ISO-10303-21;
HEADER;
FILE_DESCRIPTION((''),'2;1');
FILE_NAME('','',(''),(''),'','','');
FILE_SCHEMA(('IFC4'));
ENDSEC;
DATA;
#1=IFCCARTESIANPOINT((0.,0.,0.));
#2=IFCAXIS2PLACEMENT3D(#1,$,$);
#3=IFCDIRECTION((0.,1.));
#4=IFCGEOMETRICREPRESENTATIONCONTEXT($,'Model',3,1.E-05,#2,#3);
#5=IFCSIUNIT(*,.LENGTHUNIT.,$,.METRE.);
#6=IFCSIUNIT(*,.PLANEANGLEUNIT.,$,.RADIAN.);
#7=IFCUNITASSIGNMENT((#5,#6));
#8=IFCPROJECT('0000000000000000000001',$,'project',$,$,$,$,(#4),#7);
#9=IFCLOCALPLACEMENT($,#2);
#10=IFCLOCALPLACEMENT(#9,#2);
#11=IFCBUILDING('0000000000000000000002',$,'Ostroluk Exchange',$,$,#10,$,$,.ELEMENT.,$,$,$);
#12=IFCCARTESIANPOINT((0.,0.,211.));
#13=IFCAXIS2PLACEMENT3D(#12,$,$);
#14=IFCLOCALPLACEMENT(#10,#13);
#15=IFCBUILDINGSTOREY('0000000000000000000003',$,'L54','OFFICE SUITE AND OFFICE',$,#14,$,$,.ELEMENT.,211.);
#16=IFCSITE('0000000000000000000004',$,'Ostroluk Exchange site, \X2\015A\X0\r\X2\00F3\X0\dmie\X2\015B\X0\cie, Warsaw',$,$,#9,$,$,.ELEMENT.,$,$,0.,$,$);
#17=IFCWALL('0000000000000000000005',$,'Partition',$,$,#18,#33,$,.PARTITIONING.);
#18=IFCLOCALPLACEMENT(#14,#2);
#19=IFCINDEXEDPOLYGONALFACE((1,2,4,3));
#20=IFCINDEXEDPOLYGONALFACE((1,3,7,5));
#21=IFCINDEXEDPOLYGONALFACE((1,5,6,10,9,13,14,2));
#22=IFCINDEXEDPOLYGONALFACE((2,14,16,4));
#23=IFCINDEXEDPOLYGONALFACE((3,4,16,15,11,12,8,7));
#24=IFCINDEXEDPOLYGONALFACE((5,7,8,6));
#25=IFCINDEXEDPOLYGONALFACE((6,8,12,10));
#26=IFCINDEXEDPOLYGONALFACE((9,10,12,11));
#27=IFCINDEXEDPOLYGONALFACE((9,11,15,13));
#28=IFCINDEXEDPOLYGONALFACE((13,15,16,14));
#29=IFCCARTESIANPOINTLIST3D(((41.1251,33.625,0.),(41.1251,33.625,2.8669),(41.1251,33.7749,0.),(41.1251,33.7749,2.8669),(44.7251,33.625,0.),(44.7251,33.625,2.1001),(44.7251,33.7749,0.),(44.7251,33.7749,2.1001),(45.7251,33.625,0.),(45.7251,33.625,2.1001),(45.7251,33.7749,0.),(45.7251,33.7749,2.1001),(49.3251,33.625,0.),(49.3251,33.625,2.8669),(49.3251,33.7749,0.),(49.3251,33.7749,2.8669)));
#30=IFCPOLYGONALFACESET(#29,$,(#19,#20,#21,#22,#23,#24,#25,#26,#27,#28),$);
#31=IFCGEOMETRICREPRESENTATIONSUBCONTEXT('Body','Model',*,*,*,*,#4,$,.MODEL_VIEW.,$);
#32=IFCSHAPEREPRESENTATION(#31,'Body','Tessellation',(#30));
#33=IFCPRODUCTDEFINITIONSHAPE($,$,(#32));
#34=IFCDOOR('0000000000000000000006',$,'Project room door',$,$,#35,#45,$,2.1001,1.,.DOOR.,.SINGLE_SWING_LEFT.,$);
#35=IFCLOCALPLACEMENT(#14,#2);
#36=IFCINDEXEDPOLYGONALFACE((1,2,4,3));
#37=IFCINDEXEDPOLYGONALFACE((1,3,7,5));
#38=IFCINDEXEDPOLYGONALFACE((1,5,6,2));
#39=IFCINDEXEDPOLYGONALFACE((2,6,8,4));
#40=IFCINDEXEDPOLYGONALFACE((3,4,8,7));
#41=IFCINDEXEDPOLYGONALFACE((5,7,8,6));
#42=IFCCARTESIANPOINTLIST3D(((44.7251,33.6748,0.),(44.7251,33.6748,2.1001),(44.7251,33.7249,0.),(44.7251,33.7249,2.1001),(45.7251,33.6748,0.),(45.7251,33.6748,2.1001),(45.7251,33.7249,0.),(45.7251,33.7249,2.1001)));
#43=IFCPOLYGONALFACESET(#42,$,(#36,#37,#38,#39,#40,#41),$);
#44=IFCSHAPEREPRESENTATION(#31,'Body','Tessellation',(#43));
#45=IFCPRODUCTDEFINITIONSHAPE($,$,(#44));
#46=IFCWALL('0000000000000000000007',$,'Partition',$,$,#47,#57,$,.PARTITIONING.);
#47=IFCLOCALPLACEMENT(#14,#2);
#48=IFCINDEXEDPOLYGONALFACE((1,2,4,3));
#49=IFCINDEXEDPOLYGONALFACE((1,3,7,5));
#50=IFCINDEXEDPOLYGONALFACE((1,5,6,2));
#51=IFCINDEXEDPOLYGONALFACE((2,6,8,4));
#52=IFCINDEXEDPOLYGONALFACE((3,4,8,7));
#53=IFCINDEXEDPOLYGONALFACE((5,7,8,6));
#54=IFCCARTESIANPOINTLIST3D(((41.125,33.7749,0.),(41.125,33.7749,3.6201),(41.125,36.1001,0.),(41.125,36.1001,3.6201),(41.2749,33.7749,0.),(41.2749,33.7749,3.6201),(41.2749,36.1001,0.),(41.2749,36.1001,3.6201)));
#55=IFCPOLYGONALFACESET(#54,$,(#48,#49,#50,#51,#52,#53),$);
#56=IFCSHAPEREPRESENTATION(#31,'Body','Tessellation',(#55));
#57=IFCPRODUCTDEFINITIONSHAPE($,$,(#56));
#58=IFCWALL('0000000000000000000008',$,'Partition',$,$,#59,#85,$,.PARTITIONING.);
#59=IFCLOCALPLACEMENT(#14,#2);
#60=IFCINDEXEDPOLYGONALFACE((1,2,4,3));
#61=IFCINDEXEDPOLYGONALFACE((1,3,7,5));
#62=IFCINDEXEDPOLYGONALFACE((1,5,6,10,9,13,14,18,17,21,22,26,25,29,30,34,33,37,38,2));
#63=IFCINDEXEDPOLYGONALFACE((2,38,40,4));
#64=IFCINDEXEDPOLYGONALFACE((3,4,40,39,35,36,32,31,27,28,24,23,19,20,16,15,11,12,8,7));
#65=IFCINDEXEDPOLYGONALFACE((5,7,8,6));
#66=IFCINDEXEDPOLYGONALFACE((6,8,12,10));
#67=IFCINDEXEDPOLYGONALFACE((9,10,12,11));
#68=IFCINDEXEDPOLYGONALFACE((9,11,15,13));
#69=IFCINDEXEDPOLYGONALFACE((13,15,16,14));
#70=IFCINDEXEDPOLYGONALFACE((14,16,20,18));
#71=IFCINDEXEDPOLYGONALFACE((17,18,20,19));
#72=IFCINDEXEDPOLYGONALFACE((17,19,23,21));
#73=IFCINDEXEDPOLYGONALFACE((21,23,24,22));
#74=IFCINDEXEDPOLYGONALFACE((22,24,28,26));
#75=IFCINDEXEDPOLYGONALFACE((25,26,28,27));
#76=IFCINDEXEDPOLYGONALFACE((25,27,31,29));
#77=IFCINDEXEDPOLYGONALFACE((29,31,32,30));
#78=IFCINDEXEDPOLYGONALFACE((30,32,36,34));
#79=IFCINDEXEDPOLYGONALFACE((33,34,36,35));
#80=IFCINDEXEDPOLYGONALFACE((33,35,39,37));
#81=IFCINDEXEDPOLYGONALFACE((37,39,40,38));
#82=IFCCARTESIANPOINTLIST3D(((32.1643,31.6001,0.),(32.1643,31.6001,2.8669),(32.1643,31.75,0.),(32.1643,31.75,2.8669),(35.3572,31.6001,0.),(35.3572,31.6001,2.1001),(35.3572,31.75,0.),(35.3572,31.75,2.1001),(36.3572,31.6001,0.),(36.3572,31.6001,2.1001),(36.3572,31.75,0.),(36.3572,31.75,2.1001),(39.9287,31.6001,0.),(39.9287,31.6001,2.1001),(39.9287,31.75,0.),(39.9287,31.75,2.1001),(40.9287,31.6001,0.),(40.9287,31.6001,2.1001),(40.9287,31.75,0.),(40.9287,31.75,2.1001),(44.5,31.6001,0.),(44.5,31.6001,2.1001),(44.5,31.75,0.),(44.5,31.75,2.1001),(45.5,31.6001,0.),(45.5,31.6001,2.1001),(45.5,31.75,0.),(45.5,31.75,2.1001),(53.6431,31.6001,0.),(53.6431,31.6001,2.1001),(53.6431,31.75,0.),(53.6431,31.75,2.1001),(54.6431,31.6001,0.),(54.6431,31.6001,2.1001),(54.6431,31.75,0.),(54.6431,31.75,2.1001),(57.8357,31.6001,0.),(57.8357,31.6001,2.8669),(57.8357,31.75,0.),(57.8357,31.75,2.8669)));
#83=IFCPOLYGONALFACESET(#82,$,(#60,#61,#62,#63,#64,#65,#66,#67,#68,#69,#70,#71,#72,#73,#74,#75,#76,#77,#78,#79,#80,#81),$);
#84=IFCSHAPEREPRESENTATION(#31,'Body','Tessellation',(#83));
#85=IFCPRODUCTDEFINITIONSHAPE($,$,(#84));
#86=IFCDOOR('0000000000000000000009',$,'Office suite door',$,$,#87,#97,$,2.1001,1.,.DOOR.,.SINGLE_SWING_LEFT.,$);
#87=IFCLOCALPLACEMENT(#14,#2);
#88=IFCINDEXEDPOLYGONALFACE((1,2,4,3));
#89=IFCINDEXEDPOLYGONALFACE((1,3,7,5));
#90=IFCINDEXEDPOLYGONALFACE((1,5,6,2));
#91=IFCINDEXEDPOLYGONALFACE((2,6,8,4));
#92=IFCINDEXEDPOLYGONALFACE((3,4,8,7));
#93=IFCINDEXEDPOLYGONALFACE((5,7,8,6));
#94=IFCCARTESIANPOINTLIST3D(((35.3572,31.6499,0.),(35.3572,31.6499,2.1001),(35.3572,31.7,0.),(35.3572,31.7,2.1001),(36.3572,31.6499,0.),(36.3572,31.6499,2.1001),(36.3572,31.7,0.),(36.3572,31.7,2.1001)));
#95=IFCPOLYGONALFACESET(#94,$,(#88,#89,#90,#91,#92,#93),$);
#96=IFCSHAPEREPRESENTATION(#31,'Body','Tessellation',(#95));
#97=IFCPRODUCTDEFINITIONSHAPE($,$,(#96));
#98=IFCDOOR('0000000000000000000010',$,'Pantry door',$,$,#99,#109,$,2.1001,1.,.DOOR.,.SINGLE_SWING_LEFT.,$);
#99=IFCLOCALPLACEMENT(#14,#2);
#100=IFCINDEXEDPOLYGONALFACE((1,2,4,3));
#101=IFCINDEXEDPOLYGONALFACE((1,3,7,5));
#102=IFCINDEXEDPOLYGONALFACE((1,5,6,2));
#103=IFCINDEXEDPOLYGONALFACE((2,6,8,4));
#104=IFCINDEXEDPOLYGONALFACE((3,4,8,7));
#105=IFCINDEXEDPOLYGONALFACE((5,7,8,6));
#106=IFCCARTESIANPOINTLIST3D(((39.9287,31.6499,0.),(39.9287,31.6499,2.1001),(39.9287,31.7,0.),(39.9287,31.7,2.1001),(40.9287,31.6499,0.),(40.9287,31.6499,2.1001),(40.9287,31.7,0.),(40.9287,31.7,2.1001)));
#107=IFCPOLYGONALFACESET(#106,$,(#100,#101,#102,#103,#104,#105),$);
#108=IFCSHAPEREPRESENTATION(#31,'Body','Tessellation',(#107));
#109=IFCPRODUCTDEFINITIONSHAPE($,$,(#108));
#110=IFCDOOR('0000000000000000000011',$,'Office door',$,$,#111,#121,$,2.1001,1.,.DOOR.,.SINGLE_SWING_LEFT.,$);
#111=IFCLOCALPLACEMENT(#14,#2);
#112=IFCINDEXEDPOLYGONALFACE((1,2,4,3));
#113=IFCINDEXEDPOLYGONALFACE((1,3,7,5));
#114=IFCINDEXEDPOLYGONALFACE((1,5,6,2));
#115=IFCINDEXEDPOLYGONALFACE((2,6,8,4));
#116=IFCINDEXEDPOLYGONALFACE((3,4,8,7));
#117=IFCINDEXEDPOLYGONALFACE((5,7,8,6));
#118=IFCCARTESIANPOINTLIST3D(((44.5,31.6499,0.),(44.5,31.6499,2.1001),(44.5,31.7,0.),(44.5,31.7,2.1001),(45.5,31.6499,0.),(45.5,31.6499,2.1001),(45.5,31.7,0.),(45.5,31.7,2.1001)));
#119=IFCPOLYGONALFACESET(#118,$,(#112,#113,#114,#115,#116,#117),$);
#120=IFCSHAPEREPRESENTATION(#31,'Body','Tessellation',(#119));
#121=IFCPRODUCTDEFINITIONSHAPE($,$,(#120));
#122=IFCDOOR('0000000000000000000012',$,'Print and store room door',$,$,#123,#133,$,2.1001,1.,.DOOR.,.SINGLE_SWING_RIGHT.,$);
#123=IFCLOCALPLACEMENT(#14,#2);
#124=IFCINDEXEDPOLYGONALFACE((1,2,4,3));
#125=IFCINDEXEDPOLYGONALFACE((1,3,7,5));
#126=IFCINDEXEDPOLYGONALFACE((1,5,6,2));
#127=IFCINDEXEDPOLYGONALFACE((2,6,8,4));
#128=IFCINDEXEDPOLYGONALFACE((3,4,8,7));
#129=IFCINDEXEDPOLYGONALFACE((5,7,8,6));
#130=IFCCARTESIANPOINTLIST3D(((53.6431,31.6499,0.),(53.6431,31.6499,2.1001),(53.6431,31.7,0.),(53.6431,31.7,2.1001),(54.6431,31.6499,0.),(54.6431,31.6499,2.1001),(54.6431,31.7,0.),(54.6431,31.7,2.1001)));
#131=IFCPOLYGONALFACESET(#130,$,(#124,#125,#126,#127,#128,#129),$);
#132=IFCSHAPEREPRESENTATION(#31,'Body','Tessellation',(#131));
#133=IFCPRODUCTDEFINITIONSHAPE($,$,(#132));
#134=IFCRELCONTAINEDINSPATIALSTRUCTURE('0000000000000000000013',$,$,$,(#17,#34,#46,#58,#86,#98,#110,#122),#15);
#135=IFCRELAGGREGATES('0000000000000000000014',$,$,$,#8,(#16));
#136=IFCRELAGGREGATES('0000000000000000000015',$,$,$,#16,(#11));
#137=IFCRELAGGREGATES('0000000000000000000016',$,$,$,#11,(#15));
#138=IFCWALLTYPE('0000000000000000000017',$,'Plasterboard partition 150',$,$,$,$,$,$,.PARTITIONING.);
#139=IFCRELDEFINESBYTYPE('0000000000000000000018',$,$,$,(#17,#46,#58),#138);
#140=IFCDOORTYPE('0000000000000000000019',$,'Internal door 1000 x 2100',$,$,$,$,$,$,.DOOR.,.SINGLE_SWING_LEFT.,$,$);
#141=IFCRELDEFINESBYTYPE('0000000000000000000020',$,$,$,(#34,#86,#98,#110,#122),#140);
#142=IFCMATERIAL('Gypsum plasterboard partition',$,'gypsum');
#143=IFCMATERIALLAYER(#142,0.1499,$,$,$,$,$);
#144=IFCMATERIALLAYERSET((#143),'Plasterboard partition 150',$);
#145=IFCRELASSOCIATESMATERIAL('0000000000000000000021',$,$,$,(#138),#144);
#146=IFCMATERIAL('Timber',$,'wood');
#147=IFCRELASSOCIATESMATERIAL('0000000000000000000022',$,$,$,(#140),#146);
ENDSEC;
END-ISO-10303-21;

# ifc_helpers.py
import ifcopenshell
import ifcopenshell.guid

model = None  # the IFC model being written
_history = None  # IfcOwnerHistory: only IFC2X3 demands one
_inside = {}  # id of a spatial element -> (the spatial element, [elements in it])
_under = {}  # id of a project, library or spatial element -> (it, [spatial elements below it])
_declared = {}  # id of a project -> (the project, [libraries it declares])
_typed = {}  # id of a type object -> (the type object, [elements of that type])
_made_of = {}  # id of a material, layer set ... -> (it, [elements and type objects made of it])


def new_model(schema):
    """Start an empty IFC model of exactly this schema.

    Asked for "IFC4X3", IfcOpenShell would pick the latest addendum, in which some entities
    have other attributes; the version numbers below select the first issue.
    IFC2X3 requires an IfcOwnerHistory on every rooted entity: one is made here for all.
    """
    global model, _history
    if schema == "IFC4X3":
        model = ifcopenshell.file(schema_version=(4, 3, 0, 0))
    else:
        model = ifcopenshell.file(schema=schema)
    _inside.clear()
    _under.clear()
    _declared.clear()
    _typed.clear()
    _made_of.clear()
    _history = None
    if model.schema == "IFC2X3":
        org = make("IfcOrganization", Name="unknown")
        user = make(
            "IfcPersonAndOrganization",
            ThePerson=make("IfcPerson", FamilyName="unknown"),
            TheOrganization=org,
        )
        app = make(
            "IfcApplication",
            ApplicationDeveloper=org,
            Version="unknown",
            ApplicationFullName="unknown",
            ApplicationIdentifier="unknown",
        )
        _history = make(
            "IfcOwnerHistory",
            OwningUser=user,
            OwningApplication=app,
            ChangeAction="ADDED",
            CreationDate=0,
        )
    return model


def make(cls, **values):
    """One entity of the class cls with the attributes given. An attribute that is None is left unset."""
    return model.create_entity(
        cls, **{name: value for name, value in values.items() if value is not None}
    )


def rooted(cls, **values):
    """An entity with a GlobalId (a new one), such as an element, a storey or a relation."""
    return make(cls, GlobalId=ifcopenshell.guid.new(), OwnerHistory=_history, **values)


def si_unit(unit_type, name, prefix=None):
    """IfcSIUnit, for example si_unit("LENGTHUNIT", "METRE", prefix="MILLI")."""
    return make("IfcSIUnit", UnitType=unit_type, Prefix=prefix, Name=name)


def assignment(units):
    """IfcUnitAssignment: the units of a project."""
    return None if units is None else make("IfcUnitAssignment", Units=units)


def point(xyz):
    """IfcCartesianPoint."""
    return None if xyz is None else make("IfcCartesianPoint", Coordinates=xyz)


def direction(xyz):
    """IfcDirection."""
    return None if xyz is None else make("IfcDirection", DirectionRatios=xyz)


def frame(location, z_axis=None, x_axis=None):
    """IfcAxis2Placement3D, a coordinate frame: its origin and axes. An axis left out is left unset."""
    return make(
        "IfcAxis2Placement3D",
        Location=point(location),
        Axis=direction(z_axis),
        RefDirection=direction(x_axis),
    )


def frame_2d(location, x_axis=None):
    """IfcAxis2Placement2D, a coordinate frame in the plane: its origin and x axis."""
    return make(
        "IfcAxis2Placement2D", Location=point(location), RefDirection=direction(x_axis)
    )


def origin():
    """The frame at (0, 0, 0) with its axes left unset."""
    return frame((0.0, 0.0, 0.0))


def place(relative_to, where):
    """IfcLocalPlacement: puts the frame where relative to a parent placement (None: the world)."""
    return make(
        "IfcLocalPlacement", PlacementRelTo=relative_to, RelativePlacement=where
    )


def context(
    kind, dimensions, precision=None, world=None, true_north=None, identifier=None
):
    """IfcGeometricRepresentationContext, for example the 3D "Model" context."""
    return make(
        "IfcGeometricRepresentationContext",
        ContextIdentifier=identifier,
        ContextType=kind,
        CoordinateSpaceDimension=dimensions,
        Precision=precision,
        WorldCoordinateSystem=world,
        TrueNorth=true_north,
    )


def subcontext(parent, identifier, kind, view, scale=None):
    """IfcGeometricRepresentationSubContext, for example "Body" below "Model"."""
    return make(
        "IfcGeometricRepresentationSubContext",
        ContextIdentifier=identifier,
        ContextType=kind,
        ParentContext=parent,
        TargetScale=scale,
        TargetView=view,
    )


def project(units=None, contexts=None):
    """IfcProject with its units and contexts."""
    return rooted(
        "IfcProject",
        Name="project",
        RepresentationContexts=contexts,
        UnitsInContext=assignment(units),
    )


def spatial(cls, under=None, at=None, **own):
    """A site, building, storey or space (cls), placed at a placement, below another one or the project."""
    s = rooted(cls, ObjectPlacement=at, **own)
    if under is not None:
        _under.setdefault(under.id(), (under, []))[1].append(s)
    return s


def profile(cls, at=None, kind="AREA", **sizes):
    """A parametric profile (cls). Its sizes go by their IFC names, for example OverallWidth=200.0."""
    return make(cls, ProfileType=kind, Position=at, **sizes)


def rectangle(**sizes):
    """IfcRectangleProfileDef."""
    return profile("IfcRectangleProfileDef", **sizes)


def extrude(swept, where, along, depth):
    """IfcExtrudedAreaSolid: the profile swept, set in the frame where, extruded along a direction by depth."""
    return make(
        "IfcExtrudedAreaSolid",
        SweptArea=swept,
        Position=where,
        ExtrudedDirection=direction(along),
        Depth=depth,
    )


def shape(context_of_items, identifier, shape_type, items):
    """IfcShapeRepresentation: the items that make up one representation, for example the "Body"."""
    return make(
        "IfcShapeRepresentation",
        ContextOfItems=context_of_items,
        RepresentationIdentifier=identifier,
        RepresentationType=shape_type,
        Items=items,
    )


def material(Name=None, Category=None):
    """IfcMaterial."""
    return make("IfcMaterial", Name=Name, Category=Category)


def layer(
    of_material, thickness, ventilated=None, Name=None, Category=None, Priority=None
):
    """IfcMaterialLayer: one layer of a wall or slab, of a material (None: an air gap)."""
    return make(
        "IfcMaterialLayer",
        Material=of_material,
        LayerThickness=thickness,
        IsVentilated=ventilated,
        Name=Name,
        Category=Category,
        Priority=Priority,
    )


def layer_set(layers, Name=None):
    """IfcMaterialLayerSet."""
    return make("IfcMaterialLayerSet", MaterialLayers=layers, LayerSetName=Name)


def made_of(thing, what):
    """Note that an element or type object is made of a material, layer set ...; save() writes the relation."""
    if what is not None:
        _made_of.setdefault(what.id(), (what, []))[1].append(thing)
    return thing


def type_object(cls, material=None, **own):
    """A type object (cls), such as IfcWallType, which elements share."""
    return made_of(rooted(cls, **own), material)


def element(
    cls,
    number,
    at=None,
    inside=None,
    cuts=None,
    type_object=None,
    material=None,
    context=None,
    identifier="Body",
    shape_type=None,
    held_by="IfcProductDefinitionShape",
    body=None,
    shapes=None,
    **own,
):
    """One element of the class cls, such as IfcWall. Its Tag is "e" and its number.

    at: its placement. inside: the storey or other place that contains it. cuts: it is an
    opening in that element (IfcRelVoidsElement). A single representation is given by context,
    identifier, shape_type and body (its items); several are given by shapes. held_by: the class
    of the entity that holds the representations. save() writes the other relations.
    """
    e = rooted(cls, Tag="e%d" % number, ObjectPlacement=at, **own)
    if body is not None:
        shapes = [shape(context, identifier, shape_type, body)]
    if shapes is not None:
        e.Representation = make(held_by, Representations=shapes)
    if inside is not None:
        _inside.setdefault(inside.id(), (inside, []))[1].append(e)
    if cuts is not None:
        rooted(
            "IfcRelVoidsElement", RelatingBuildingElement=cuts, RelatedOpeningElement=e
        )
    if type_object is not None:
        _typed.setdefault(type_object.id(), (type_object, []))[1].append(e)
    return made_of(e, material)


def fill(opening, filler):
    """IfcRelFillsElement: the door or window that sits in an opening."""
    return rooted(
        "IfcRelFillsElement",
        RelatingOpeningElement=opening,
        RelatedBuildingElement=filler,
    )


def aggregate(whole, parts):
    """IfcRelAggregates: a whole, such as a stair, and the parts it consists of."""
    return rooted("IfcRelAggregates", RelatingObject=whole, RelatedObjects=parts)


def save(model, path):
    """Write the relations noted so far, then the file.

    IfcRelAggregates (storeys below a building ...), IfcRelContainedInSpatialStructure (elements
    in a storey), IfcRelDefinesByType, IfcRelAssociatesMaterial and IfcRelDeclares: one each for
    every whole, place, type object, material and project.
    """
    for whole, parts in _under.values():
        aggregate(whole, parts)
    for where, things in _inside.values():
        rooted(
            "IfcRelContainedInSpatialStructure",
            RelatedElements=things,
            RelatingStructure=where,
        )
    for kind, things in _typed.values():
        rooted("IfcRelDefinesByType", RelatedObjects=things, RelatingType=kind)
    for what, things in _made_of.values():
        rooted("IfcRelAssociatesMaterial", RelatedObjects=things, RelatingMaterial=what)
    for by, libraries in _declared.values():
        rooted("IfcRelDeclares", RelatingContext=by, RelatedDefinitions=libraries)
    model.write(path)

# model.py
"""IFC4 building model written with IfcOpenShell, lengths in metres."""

from ifc_helpers import new_model, si_unit, direction, frame, frame_2d, origin, place, context, subcontext, project, spatial, rectangle, extrude, material, layer, layer_set, type_object, element, fill, save


model = new_model("IFC4")

# Units and contexts
model_context = context("Model", 3, precision=1e-05, world=origin(), true_north=direction((0.0, 1.0)))
body_context = subcontext(model_context, "Body", "Model", "MODEL_VIEW")
ifc_project = project(units=[si_unit("LENGTHUNIT", "METRE"), si_unit("PLANEANGLEUNIT", "RADIAN")], contexts=[model_context])

# Site, building, storey
site_placement = place(None, origin())
site = spatial("IfcSite", under=ifc_project, at=site_placement, Name="Ostroluk Exchange site, Śródmieście, Warsaw", CompositionType="ELEMENT", RefElevation=0.0)
building_placement = place(site_placement, origin())
building = spatial("IfcBuilding", under=site, at=building_placement, Name="Ostroluk Exchange", CompositionType="ELEMENT")
storey_placement = place(building_placement, frame((0.0, 0.0, 211.0)))
storey = spatial("IfcBuildingStorey", under=building, at=storey_placement, Name="L54", Description="OFFICE SUITE AND OFFICE", CompositionType="ELEMENT", Elevation=211.0)

# Wall, opening, door
ifc_material_1 = material(Name="Gypsum plasterboard partition", Category="gypsum")
ifc_layer_1 = layer(ifc_material_1, 0.1499)
ifc_layer_set_1 = layer_set([ifc_layer_1], Name="Plasterboard partition 150")
wall_type_1 = type_object("IfcWallType", Name="Plasterboard partition 150", PredefinedType="PARTITIONING", material=ifc_layer_set_1)
wall_1_placement = place(storey_placement, frame((41.125, 33.7, 0.0), z_axis=(0.0, 0.0, 1.0), x_axis=(1.0, 0.0, 0.0)))
wall_1 = element("IfcWall", 1, at=wall_1_placement, inside=storey, type_object=wall_type_1, Name="Partition", PredefinedType="PARTITIONING", context=body_context, shape_type="SweptSolid", body=[
    extrude(rectangle(XDim=8.2, YDim=0.1499, at=frame_2d((4.1001, 0.0))), origin(), (0.0, 0.0, 1.0), 2.8669),
])
opening_1_placement = place(wall_1_placement, frame((3.6001, 0.0, 0.0)))
opening_1 = element("IfcOpeningElement", 2, at=opening_1_placement, cuts=wall_1, PredefinedType="OPENING", context=body_context, shape_type="SweptSolid", body=[
    extrude(rectangle(XDim=1.0, YDim=2.1001, at=frame_2d((0.5, 1.05))), frame((0.0, 0.085, 0.0), z_axis=(0.0, -1.0, 0.0), x_axis=(1.0, 0.0, 0.0)), (0.0, 0.0, 1.0), 0.1699),
])
ifc_material_2 = material(Name="Timber", Category="wood")
door_type_1 = type_object("IfcDoorType", Name="Internal door 1000 x 2100", OperationType="SINGLE_SWING_LEFT", PredefinedType="DOOR", material=ifc_material_2)
door_1_placement = place(opening_1_placement, origin())
door_1 = element("IfcDoor", 3, at=door_1_placement, inside=storey, type_object=door_type_1, Name="Project room door", OperationType="SINGLE_SWING_LEFT", OverallHeight=2.1001, OverallWidth=1.0, PredefinedType="DOOR", context=body_context, shape_type="SweptSolid", body=[
    extrude(rectangle(XDim=1.0, YDim=2.1001, at=frame_2d((0.5, 1.05))), frame((0.0, 0.0249, 0.0), z_axis=(0.0, -1.0, 0.0), x_axis=(1.0, 0.0, 0.0)), (0.0, 0.0, 1.0), 0.05),
])
fill(opening_1, door_1)

# Wall
wall_2_placement = place(storey_placement, frame((41.2, 36.1001, 0.0), z_axis=(0.0, 0.0, 1.0), x_axis=(0.0, -1.0, 0.0)))
element("IfcWall", 4, at=wall_2_placement, inside=storey, type_object=wall_type_1, Name="Partition", PredefinedType="PARTITIONING", context=body_context, shape_type="SweptSolid", body=[
    extrude(rectangle(XDim=2.3252, YDim=0.1499, at=frame_2d((1.1626, 0.0))), origin(), (0.0, 0.0, 1.0), 3.6201),
])

# Wall, openings, doors
wall_3_placement = place(storey_placement, frame((32.1643, 31.675, 0.0), z_axis=(0.0, 0.0, 1.0), x_axis=(1.0, 0.0, 0.0)))
wall_3 = element("IfcWall", 5, at=wall_3_placement, inside=storey, type_object=wall_type_1, Name="Partition", PredefinedType="PARTITIONING", context=body_context, shape_type="SweptSolid", body=[
    extrude(rectangle(XDim=25.6714, YDim=0.1499, at=frame_2d((12.8357, 0.0))), origin(), (0.0, 0.0, 1.0), 2.8669),
])
opening_2_placement = place(wall_3_placement, frame((3.1929, 0.0, 0.0)))
opening_2 = element("IfcOpeningElement", 6, at=opening_2_placement, cuts=wall_3, PredefinedType="OPENING", context=body_context, shape_type="SweptSolid", body=[
    extrude(rectangle(XDim=1.0, YDim=2.1001, at=frame_2d((0.5, 1.05))), frame((0.0, 0.085, 0.0), z_axis=(0.0, -1.0, 0.0), x_axis=(1.0, 0.0, 0.0)), (0.0, 0.0, 1.0), 0.1699),
])
opening_3_placement = place(wall_3_placement, frame((7.7644, 0.0, 0.0)))
opening_3 = element("IfcOpeningElement", 7, at=opening_3_placement, cuts=wall_3, PredefinedType="OPENING", context=body_context, shape_type="SweptSolid", body=[
    extrude(rectangle(XDim=1.0, YDim=2.1001, at=frame_2d((0.5, 1.05))), frame((0.0, 0.085, 0.0), z_axis=(0.0, -1.0, 0.0), x_axis=(1.0, 0.0, 0.0)), (0.0, 0.0, 1.0), 0.1699),
])
opening_4_placement = place(wall_3_placement, frame((12.3357, 0.0, 0.0)))
opening_4 = element("IfcOpeningElement", 8, at=opening_4_placement, cuts=wall_3, PredefinedType="OPENING", context=body_context, shape_type="SweptSolid", body=[
    extrude(rectangle(XDim=1.0, YDim=2.1001, at=frame_2d((0.5, 1.05))), frame((0.0, 0.085, 0.0), z_axis=(0.0, -1.0, 0.0), x_axis=(1.0, 0.0, 0.0)), (0.0, 0.0, 1.0), 0.1699),
])
opening_5_placement = place(wall_3_placement, frame((21.4788, 0.0, 0.0)))
opening_5 = element("IfcOpeningElement", 9, at=opening_5_placement, cuts=wall_3, PredefinedType="OPENING", context=body_context, shape_type="SweptSolid", body=[
    extrude(rectangle(XDim=1.0, YDim=2.1001, at=frame_2d((0.5, 1.05))), frame((0.0, 0.085, 0.0), z_axis=(0.0, -1.0, 0.0), x_axis=(1.0, 0.0, 0.0)), (0.0, 0.0, 1.0), 0.1699),
])
door_2_placement = place(opening_2_placement, origin())
door_2 = element("IfcDoor", 10, at=door_2_placement, inside=storey, type_object=door_type_1, Name="Office suite door", OperationType="SINGLE_SWING_LEFT", OverallHeight=2.1001, OverallWidth=1.0, PredefinedType="DOOR", context=body_context, shape_type="SweptSolid", body=[
    extrude(rectangle(XDim=1.0, YDim=2.1001, at=frame_2d((0.5, 1.05))), frame((0.0, 0.0249, 0.0), z_axis=(0.0, -1.0, 0.0), x_axis=(1.0, 0.0, 0.0)), (0.0, 0.0, 1.0), 0.05),
])
fill(opening_2, door_2)
door_3_placement = place(opening_3_placement, origin())
door_3 = element("IfcDoor", 11, at=door_3_placement, inside=storey, type_object=door_type_1, Name="Pantry door", OperationType="SINGLE_SWING_LEFT", OverallHeight=2.1001, OverallWidth=1.0, PredefinedType="DOOR", context=body_context, shape_type="SweptSolid", body=[
    extrude(rectangle(XDim=1.0, YDim=2.1001, at=frame_2d((0.5, 1.05))), frame((0.0, 0.0249, 0.0), z_axis=(0.0, -1.0, 0.0), x_axis=(1.0, 0.0, 0.0)), (0.0, 0.0, 1.0), 0.05),
])
fill(opening_3, door_3)
door_4_placement = place(opening_4_placement, origin())
door_4 = element("IfcDoor", 12, at=door_4_placement, inside=storey, type_object=door_type_1, Name="Office door", OperationType="SINGLE_SWING_LEFT", OverallHeight=2.1001, OverallWidth=1.0, PredefinedType="DOOR", context=body_context, shape_type="SweptSolid", body=[
    extrude(rectangle(XDim=1.0, YDim=2.1001, at=frame_2d((0.5, 1.05))), frame((0.0, 0.0249, 0.0), z_axis=(0.0, -1.0, 0.0), x_axis=(1.0, 0.0, 0.0)), (0.0, 0.0, 1.0), 0.05),
])
fill(opening_4, door_4)
door_5_placement = place(opening_5_placement, origin())
door_5 = element("IfcDoor", 13, at=door_5_placement, inside=storey, type_object=door_type_1, Name="Print and store room door", OperationType="SINGLE_SWING_RIGHT", OverallHeight=2.1001, OverallWidth=1.0, PredefinedType="DOOR", context=body_context, shape_type="SweptSolid", body=[
    extrude(rectangle(XDim=1.0, YDim=2.1001, at=frame_2d((0.5, 1.05))), frame((0.0, 0.0249, 0.0), z_axis=(0.0, -1.0, 0.0), x_axis=(1.0, 0.0, 0.0)), (0.0, 0.0, 1.0), 0.05),
])
fill(opening_5, door_5)

save(model, "model.ifc")
